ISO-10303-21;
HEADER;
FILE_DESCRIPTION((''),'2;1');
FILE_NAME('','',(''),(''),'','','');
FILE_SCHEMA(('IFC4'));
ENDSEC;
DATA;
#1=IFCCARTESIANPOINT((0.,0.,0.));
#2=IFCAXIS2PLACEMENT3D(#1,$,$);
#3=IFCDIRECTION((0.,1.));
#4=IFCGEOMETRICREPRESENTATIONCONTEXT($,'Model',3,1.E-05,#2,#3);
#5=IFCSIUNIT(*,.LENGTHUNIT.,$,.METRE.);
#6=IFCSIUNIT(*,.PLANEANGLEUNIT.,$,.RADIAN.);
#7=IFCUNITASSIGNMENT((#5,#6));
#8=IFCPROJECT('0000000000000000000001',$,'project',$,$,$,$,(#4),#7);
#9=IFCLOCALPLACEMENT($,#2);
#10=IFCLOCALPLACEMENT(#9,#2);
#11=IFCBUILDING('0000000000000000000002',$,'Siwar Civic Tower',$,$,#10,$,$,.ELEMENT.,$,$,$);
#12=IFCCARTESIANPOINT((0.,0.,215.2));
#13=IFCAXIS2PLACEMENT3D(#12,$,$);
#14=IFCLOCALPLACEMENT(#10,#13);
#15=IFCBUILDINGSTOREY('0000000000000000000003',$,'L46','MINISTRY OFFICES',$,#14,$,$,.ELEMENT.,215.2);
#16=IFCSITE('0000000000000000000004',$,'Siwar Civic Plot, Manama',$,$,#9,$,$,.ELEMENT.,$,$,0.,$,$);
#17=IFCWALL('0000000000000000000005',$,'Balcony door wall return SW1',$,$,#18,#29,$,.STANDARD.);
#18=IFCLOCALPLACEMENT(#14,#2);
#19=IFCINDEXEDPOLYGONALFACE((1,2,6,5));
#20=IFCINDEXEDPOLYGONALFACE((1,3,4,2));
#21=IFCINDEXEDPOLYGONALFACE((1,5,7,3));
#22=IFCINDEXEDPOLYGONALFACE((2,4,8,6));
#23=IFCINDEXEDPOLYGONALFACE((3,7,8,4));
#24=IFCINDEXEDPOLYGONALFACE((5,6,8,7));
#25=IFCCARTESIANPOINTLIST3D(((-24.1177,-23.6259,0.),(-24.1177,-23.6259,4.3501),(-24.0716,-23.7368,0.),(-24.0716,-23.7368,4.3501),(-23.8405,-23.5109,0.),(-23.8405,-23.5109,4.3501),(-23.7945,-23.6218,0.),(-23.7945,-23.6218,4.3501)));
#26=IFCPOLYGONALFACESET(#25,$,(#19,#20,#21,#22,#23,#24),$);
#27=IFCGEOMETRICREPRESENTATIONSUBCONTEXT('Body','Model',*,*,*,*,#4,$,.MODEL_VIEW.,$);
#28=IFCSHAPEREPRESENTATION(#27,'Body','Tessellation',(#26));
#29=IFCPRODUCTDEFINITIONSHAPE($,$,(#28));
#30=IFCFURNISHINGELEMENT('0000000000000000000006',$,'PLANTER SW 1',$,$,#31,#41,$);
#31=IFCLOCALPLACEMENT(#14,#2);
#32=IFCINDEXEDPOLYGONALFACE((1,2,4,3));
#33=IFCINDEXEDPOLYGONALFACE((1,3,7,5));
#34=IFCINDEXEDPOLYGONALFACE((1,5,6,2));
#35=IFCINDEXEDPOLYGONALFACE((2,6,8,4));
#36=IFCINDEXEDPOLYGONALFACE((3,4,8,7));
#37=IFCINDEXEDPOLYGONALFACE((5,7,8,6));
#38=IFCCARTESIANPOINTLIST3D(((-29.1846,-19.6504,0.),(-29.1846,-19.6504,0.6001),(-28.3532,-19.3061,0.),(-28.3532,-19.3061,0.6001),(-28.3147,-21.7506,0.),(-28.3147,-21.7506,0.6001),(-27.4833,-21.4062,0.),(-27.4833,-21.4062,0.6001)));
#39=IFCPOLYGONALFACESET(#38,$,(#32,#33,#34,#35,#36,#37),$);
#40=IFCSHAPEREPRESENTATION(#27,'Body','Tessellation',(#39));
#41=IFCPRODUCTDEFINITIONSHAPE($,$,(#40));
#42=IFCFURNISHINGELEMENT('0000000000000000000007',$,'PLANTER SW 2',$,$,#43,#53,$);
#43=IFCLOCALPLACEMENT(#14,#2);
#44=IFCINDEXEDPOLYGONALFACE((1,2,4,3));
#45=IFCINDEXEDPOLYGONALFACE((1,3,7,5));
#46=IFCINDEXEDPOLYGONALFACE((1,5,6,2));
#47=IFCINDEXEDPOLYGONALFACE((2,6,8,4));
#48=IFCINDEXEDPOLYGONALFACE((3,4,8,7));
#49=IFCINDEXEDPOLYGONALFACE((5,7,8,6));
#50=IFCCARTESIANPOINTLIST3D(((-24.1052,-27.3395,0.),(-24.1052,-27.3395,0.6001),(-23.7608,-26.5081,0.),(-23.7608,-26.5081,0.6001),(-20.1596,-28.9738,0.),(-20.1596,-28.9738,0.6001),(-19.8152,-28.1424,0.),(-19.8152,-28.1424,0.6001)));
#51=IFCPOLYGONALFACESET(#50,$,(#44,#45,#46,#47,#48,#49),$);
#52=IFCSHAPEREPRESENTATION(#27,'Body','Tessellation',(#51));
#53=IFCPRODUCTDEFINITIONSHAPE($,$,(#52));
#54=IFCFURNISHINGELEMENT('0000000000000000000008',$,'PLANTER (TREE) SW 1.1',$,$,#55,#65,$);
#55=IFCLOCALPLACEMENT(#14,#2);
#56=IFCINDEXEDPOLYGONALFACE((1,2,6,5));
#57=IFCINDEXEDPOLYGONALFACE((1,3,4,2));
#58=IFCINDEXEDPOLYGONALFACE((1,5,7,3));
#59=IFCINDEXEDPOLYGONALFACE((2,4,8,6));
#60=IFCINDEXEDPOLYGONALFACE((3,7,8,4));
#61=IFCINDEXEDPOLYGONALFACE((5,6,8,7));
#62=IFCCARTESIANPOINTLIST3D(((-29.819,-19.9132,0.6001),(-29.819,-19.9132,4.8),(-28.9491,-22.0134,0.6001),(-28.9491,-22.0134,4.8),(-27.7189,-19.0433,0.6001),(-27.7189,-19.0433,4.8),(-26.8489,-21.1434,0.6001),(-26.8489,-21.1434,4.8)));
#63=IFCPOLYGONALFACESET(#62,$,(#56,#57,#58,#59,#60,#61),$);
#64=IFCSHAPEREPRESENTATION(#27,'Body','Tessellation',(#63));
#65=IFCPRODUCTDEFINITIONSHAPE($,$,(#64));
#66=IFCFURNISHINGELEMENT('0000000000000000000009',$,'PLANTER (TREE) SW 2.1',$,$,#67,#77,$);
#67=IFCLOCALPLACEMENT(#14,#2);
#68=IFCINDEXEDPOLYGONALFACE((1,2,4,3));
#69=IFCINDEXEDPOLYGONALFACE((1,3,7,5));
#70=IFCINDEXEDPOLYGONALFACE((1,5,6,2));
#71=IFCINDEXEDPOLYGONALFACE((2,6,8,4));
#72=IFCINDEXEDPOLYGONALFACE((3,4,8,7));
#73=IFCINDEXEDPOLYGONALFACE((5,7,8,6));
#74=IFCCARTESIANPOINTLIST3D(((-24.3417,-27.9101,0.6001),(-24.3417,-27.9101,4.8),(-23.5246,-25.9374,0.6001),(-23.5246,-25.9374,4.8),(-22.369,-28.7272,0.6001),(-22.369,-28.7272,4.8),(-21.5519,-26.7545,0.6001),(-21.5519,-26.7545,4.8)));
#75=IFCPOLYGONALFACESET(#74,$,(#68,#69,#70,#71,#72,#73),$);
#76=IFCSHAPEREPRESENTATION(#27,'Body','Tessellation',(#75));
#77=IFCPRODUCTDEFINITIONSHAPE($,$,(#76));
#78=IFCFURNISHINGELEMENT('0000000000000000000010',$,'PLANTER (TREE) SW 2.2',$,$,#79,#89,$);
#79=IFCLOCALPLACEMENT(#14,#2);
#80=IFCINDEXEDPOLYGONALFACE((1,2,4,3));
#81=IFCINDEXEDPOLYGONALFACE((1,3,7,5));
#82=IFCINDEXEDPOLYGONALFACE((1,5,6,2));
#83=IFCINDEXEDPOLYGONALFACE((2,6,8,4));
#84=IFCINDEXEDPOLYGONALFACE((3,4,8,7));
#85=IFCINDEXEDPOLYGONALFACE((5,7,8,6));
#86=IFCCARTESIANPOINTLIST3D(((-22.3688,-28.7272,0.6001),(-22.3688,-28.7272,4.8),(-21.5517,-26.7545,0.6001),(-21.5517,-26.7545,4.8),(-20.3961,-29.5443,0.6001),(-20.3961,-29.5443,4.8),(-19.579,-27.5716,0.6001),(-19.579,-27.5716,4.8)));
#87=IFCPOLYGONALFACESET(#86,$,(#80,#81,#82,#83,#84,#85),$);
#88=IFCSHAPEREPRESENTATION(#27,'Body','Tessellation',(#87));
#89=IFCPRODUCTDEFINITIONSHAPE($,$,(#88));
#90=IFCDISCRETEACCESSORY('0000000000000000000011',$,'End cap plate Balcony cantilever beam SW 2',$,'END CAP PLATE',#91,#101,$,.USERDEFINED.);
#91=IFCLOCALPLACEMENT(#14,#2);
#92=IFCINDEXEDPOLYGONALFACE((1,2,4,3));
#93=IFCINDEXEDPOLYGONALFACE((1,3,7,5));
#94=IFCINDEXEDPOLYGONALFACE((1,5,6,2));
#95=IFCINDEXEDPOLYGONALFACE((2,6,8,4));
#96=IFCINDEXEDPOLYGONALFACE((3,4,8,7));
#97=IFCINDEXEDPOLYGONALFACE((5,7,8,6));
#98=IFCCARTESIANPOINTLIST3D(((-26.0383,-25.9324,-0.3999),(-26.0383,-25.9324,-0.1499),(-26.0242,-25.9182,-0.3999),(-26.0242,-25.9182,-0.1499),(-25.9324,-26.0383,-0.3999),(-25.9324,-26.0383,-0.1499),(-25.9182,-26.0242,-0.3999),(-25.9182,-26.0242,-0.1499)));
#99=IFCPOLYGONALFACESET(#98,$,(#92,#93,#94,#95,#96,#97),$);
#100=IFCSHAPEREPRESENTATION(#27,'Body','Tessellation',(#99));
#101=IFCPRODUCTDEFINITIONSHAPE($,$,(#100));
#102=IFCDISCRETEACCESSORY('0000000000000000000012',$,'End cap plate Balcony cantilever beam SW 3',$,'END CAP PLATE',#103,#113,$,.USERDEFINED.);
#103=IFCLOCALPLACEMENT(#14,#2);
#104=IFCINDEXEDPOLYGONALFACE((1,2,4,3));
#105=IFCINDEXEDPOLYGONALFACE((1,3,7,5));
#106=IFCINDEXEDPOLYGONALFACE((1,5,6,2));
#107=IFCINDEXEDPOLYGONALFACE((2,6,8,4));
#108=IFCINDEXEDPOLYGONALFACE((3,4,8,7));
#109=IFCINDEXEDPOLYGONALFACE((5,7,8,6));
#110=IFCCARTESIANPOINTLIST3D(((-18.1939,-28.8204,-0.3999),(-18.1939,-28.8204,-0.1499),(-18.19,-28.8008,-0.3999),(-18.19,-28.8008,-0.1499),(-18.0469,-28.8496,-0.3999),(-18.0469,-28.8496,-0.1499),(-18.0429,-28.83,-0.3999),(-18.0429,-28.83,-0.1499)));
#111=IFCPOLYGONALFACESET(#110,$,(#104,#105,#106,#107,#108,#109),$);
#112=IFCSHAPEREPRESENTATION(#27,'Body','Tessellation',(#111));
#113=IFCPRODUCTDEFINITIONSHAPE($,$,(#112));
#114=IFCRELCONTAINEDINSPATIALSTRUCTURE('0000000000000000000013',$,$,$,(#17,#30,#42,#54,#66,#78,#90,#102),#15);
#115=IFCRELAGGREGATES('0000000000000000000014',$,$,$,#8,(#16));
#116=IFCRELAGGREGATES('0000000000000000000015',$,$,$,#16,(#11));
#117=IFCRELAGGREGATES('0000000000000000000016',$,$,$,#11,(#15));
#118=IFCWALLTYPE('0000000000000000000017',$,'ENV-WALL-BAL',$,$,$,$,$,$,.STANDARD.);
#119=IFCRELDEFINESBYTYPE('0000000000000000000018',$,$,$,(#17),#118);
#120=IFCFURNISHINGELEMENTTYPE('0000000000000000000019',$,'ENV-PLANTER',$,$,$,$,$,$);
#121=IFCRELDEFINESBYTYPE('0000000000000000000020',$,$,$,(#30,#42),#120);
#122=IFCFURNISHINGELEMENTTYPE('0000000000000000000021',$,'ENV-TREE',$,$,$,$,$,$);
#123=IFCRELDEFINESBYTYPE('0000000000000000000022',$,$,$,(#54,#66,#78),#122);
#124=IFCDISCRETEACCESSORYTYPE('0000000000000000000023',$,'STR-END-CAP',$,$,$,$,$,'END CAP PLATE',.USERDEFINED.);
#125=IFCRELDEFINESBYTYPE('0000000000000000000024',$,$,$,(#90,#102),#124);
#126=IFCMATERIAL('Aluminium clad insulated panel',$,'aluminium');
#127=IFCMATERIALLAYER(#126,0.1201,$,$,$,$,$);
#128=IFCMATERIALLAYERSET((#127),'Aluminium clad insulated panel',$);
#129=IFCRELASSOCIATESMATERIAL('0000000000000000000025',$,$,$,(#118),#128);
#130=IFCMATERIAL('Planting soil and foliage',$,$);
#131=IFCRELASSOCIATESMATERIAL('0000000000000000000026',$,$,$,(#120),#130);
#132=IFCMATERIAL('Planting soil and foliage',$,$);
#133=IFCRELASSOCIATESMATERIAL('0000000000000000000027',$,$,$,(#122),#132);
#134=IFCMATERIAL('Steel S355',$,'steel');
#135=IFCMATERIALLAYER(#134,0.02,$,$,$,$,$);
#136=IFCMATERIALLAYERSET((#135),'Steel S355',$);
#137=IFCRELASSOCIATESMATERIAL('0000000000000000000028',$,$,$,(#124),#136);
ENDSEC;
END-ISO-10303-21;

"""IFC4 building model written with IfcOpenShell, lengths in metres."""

from ifc_helpers import new_model, si_unit, direction, frame, frame_2d, origin, origin_2d, place, context, subcontext, project, spatial, rectangle, extrude, material, layer, layer_set, type_object, element, save


model = new_model("IFC4")

# Units and contexts
model_context = context("Model", 3, precision=1e-05, world=origin(), true_north=direction((0.0, 1.0)))
body_context = subcontext(model_context, "Body", "Model", "MODEL_VIEW")
ifc_project = project(units=[si_unit("LENGTHUNIT", "METRE"), si_unit("PLANEANGLEUNIT", "RADIAN")], contexts=[model_context])

# Site, building, storey
site_placement = place(None, origin())
site = spatial("IfcSite", under=ifc_project, at=site_placement, Name="Siwar Civic Plot, Manama", CompositionType="ELEMENT", RefElevation=0.0)
building_placement = place(site_placement, origin())
building = spatial("IfcBuilding", under=site, at=building_placement, Name="Siwar Civic Tower", CompositionType="ELEMENT")
storey_placement = place(building_placement, frame((0.0, 0.0, 215.2)))
storey = spatial("IfcBuildingStorey", under=building, at=storey_placement, Name="L46", Description="MINISTRY OFFICES", CompositionType="ELEMENT", Elevation=215.2)

# Wall
ifc_material_1 = material(Name="Aluminium clad insulated panel", Category="aluminium")
ifc_layer_1 = layer(ifc_material_1, 0.1201)
ifc_layer_set_1 = layer_set([ifc_layer_1], Name="Aluminium clad insulated panel")
wall_type = type_object("IfcWallType", Name="ENV-WALL-BAL", PredefinedType="STANDARD", material=ifc_layer_set_1)
wall_1_placement = place(storey_placement, frame((-23.8176, -23.5664, 0.0), z_axis=(0.0, 0.0, 1.0), x_axis=(-0.92363, -0.383286, 0.0)))
element("IfcWall", 1, at=wall_1_placement, inside=storey, type_object=wall_type, Name="Balcony door wall return SW1", PredefinedType="STANDARD", context=body_context, shape_type="SweptSolid", body=[
    extrude(rectangle(XDim=0.3, YDim=0.1201, at=frame_2d((0.1499, 0.0))), origin(), (0.0, 0.0, 1.0), 4.3501),
])

# Furnishing elements
ifc_material_2 = material(Name="Planting soil and foliage")
furnishing_element_type_1 = type_object("IfcFurnishingElementType", Name="ENV-PLANTER", material=ifc_material_2)
furnishing_1_placement = place(storey_placement, frame((-28.334, -20.5283, 0.0), z_axis=(0.0, 0.0, 1.0), x_axis=(0.382683, -0.92388, 0.0)))
element("IfcFurnishingElement", 2, at=furnishing_1_placement, inside=storey, type_object=furnishing_element_type_1, Name="PLANTER SW 1", context=body_context, shape_type="SweptSolid", body=[
    extrude(rectangle(XDim=2.2732, YDim=0.8999, at=origin_2d()), origin(), (0.0, 0.0, 1.0), 0.6001),
])
furnishing_2_placement = place(storey_placement, frame((-21.9602, -27.741, 0.0), z_axis=(0.0, 0.0, 1.0), x_axis=(0.92388, -0.382683, 0.0)))
element("IfcFurnishingElement", 3, at=furnishing_2_placement, inside=storey, type_object=furnishing_element_type_1, Name="PLANTER SW 2", context=body_context, shape_type="SweptSolid", body=[
    extrude(rectangle(XDim=4.2708, YDim=0.8999, at=origin_2d()), origin(), (0.0, 0.0, 1.0), 0.6001),
])
ifc_material_3 = material(Name="Planting soil and foliage")
furnishing_element_type_2 = type_object("IfcFurnishingElementType", Name="ENV-TREE", material=ifc_material_3)
furnishing_3_placement = place(storey_placement, frame((-28.334, -20.5283, 0.6001), z_axis=(0.0, 0.0, 1.0), x_axis=(0.382683, -0.92388, 0.0)))
element("IfcFurnishingElement", 4, at=furnishing_3_placement, inside=storey, type_object=furnishing_element_type_2, Name="PLANTER (TREE) SW 1.1", context=body_context, shape_type="SweptSolid", body=[
    extrude(rectangle(XDim=2.2732, YDim=2.2732, at=origin_2d()), origin(), (0.0, 0.0, 1.0), 4.2),
])
for number, where, z_axis, x_axis, name in (
    (5, (-22.9468, -27.3323, 0.6001), (0.0, 0.0, 1.0), (0.92388, -0.382683, 0.0), "PLANTER (TREE) SW 2.1"),
    (6, (-20.9739, -28.1494, 0.6001), (0.0, 0.0, 1.0), (0.92388, -0.382683, 0.0), "PLANTER (TREE) SW 2.2"),
):
    element("IfcFurnishingElement", number, at=place(storey_placement, frame(where, z_axis=z_axis, x_axis=x_axis)), inside=storey, type_object=furnishing_element_type_2, Name=name, context=body_context, shape_type="SweptSolid", body=[
        extrude(rectangle(XDim=2.1353, YDim=2.1353, at=origin_2d()), origin(), (0.0, 0.0, 1.0), 4.2),
    ])

# Discrete accessories
ifc_material_4 = material(Name="Steel S355", Category="steel")
ifc_layer_2 = layer(ifc_material_4, 0.02)
ifc_layer_set_2 = layer_set([ifc_layer_2], Name="Steel S355")
discrete_accessory_type = type_object("IfcDiscreteAccessoryType", Name="STR-END-CAP", ElementType="END CAP PLATE", PredefinedType="USERDEFINED", material=ifc_layer_set_2)
for number, where, z_axis, x_axis, name in (
    (7, (-25.9783, -25.9783, -0.3999), (0.0, 0.0, 1.0), (-0.707107, -0.707107, 0.0), "End cap plate Balcony cantilever beam SW 2"),
    (8, (-18.1184, -28.8252, -0.3999), (0.0, 0.0, 1.0), (-0.19509, -0.980785, 0.0), "End cap plate Balcony cantilever beam SW 3"),
):
    element("IfcDiscreteAccessory", number, at=place(storey_placement, frame(where, z_axis=z_axis, x_axis=x_axis)), inside=storey, type_object=discrete_accessory_type, Name=name, ObjectType="END CAP PLATE", PredefinedType="USERDEFINED", context=body_context, shape_type="SweptSolid", body=[
        extrude(rectangle(XDim=0.02, YDim=0.1499, at=origin_2d()), origin(), (0.0, 0.0, 1.0), 0.25),
    ])

save(model, "model.ifc")
